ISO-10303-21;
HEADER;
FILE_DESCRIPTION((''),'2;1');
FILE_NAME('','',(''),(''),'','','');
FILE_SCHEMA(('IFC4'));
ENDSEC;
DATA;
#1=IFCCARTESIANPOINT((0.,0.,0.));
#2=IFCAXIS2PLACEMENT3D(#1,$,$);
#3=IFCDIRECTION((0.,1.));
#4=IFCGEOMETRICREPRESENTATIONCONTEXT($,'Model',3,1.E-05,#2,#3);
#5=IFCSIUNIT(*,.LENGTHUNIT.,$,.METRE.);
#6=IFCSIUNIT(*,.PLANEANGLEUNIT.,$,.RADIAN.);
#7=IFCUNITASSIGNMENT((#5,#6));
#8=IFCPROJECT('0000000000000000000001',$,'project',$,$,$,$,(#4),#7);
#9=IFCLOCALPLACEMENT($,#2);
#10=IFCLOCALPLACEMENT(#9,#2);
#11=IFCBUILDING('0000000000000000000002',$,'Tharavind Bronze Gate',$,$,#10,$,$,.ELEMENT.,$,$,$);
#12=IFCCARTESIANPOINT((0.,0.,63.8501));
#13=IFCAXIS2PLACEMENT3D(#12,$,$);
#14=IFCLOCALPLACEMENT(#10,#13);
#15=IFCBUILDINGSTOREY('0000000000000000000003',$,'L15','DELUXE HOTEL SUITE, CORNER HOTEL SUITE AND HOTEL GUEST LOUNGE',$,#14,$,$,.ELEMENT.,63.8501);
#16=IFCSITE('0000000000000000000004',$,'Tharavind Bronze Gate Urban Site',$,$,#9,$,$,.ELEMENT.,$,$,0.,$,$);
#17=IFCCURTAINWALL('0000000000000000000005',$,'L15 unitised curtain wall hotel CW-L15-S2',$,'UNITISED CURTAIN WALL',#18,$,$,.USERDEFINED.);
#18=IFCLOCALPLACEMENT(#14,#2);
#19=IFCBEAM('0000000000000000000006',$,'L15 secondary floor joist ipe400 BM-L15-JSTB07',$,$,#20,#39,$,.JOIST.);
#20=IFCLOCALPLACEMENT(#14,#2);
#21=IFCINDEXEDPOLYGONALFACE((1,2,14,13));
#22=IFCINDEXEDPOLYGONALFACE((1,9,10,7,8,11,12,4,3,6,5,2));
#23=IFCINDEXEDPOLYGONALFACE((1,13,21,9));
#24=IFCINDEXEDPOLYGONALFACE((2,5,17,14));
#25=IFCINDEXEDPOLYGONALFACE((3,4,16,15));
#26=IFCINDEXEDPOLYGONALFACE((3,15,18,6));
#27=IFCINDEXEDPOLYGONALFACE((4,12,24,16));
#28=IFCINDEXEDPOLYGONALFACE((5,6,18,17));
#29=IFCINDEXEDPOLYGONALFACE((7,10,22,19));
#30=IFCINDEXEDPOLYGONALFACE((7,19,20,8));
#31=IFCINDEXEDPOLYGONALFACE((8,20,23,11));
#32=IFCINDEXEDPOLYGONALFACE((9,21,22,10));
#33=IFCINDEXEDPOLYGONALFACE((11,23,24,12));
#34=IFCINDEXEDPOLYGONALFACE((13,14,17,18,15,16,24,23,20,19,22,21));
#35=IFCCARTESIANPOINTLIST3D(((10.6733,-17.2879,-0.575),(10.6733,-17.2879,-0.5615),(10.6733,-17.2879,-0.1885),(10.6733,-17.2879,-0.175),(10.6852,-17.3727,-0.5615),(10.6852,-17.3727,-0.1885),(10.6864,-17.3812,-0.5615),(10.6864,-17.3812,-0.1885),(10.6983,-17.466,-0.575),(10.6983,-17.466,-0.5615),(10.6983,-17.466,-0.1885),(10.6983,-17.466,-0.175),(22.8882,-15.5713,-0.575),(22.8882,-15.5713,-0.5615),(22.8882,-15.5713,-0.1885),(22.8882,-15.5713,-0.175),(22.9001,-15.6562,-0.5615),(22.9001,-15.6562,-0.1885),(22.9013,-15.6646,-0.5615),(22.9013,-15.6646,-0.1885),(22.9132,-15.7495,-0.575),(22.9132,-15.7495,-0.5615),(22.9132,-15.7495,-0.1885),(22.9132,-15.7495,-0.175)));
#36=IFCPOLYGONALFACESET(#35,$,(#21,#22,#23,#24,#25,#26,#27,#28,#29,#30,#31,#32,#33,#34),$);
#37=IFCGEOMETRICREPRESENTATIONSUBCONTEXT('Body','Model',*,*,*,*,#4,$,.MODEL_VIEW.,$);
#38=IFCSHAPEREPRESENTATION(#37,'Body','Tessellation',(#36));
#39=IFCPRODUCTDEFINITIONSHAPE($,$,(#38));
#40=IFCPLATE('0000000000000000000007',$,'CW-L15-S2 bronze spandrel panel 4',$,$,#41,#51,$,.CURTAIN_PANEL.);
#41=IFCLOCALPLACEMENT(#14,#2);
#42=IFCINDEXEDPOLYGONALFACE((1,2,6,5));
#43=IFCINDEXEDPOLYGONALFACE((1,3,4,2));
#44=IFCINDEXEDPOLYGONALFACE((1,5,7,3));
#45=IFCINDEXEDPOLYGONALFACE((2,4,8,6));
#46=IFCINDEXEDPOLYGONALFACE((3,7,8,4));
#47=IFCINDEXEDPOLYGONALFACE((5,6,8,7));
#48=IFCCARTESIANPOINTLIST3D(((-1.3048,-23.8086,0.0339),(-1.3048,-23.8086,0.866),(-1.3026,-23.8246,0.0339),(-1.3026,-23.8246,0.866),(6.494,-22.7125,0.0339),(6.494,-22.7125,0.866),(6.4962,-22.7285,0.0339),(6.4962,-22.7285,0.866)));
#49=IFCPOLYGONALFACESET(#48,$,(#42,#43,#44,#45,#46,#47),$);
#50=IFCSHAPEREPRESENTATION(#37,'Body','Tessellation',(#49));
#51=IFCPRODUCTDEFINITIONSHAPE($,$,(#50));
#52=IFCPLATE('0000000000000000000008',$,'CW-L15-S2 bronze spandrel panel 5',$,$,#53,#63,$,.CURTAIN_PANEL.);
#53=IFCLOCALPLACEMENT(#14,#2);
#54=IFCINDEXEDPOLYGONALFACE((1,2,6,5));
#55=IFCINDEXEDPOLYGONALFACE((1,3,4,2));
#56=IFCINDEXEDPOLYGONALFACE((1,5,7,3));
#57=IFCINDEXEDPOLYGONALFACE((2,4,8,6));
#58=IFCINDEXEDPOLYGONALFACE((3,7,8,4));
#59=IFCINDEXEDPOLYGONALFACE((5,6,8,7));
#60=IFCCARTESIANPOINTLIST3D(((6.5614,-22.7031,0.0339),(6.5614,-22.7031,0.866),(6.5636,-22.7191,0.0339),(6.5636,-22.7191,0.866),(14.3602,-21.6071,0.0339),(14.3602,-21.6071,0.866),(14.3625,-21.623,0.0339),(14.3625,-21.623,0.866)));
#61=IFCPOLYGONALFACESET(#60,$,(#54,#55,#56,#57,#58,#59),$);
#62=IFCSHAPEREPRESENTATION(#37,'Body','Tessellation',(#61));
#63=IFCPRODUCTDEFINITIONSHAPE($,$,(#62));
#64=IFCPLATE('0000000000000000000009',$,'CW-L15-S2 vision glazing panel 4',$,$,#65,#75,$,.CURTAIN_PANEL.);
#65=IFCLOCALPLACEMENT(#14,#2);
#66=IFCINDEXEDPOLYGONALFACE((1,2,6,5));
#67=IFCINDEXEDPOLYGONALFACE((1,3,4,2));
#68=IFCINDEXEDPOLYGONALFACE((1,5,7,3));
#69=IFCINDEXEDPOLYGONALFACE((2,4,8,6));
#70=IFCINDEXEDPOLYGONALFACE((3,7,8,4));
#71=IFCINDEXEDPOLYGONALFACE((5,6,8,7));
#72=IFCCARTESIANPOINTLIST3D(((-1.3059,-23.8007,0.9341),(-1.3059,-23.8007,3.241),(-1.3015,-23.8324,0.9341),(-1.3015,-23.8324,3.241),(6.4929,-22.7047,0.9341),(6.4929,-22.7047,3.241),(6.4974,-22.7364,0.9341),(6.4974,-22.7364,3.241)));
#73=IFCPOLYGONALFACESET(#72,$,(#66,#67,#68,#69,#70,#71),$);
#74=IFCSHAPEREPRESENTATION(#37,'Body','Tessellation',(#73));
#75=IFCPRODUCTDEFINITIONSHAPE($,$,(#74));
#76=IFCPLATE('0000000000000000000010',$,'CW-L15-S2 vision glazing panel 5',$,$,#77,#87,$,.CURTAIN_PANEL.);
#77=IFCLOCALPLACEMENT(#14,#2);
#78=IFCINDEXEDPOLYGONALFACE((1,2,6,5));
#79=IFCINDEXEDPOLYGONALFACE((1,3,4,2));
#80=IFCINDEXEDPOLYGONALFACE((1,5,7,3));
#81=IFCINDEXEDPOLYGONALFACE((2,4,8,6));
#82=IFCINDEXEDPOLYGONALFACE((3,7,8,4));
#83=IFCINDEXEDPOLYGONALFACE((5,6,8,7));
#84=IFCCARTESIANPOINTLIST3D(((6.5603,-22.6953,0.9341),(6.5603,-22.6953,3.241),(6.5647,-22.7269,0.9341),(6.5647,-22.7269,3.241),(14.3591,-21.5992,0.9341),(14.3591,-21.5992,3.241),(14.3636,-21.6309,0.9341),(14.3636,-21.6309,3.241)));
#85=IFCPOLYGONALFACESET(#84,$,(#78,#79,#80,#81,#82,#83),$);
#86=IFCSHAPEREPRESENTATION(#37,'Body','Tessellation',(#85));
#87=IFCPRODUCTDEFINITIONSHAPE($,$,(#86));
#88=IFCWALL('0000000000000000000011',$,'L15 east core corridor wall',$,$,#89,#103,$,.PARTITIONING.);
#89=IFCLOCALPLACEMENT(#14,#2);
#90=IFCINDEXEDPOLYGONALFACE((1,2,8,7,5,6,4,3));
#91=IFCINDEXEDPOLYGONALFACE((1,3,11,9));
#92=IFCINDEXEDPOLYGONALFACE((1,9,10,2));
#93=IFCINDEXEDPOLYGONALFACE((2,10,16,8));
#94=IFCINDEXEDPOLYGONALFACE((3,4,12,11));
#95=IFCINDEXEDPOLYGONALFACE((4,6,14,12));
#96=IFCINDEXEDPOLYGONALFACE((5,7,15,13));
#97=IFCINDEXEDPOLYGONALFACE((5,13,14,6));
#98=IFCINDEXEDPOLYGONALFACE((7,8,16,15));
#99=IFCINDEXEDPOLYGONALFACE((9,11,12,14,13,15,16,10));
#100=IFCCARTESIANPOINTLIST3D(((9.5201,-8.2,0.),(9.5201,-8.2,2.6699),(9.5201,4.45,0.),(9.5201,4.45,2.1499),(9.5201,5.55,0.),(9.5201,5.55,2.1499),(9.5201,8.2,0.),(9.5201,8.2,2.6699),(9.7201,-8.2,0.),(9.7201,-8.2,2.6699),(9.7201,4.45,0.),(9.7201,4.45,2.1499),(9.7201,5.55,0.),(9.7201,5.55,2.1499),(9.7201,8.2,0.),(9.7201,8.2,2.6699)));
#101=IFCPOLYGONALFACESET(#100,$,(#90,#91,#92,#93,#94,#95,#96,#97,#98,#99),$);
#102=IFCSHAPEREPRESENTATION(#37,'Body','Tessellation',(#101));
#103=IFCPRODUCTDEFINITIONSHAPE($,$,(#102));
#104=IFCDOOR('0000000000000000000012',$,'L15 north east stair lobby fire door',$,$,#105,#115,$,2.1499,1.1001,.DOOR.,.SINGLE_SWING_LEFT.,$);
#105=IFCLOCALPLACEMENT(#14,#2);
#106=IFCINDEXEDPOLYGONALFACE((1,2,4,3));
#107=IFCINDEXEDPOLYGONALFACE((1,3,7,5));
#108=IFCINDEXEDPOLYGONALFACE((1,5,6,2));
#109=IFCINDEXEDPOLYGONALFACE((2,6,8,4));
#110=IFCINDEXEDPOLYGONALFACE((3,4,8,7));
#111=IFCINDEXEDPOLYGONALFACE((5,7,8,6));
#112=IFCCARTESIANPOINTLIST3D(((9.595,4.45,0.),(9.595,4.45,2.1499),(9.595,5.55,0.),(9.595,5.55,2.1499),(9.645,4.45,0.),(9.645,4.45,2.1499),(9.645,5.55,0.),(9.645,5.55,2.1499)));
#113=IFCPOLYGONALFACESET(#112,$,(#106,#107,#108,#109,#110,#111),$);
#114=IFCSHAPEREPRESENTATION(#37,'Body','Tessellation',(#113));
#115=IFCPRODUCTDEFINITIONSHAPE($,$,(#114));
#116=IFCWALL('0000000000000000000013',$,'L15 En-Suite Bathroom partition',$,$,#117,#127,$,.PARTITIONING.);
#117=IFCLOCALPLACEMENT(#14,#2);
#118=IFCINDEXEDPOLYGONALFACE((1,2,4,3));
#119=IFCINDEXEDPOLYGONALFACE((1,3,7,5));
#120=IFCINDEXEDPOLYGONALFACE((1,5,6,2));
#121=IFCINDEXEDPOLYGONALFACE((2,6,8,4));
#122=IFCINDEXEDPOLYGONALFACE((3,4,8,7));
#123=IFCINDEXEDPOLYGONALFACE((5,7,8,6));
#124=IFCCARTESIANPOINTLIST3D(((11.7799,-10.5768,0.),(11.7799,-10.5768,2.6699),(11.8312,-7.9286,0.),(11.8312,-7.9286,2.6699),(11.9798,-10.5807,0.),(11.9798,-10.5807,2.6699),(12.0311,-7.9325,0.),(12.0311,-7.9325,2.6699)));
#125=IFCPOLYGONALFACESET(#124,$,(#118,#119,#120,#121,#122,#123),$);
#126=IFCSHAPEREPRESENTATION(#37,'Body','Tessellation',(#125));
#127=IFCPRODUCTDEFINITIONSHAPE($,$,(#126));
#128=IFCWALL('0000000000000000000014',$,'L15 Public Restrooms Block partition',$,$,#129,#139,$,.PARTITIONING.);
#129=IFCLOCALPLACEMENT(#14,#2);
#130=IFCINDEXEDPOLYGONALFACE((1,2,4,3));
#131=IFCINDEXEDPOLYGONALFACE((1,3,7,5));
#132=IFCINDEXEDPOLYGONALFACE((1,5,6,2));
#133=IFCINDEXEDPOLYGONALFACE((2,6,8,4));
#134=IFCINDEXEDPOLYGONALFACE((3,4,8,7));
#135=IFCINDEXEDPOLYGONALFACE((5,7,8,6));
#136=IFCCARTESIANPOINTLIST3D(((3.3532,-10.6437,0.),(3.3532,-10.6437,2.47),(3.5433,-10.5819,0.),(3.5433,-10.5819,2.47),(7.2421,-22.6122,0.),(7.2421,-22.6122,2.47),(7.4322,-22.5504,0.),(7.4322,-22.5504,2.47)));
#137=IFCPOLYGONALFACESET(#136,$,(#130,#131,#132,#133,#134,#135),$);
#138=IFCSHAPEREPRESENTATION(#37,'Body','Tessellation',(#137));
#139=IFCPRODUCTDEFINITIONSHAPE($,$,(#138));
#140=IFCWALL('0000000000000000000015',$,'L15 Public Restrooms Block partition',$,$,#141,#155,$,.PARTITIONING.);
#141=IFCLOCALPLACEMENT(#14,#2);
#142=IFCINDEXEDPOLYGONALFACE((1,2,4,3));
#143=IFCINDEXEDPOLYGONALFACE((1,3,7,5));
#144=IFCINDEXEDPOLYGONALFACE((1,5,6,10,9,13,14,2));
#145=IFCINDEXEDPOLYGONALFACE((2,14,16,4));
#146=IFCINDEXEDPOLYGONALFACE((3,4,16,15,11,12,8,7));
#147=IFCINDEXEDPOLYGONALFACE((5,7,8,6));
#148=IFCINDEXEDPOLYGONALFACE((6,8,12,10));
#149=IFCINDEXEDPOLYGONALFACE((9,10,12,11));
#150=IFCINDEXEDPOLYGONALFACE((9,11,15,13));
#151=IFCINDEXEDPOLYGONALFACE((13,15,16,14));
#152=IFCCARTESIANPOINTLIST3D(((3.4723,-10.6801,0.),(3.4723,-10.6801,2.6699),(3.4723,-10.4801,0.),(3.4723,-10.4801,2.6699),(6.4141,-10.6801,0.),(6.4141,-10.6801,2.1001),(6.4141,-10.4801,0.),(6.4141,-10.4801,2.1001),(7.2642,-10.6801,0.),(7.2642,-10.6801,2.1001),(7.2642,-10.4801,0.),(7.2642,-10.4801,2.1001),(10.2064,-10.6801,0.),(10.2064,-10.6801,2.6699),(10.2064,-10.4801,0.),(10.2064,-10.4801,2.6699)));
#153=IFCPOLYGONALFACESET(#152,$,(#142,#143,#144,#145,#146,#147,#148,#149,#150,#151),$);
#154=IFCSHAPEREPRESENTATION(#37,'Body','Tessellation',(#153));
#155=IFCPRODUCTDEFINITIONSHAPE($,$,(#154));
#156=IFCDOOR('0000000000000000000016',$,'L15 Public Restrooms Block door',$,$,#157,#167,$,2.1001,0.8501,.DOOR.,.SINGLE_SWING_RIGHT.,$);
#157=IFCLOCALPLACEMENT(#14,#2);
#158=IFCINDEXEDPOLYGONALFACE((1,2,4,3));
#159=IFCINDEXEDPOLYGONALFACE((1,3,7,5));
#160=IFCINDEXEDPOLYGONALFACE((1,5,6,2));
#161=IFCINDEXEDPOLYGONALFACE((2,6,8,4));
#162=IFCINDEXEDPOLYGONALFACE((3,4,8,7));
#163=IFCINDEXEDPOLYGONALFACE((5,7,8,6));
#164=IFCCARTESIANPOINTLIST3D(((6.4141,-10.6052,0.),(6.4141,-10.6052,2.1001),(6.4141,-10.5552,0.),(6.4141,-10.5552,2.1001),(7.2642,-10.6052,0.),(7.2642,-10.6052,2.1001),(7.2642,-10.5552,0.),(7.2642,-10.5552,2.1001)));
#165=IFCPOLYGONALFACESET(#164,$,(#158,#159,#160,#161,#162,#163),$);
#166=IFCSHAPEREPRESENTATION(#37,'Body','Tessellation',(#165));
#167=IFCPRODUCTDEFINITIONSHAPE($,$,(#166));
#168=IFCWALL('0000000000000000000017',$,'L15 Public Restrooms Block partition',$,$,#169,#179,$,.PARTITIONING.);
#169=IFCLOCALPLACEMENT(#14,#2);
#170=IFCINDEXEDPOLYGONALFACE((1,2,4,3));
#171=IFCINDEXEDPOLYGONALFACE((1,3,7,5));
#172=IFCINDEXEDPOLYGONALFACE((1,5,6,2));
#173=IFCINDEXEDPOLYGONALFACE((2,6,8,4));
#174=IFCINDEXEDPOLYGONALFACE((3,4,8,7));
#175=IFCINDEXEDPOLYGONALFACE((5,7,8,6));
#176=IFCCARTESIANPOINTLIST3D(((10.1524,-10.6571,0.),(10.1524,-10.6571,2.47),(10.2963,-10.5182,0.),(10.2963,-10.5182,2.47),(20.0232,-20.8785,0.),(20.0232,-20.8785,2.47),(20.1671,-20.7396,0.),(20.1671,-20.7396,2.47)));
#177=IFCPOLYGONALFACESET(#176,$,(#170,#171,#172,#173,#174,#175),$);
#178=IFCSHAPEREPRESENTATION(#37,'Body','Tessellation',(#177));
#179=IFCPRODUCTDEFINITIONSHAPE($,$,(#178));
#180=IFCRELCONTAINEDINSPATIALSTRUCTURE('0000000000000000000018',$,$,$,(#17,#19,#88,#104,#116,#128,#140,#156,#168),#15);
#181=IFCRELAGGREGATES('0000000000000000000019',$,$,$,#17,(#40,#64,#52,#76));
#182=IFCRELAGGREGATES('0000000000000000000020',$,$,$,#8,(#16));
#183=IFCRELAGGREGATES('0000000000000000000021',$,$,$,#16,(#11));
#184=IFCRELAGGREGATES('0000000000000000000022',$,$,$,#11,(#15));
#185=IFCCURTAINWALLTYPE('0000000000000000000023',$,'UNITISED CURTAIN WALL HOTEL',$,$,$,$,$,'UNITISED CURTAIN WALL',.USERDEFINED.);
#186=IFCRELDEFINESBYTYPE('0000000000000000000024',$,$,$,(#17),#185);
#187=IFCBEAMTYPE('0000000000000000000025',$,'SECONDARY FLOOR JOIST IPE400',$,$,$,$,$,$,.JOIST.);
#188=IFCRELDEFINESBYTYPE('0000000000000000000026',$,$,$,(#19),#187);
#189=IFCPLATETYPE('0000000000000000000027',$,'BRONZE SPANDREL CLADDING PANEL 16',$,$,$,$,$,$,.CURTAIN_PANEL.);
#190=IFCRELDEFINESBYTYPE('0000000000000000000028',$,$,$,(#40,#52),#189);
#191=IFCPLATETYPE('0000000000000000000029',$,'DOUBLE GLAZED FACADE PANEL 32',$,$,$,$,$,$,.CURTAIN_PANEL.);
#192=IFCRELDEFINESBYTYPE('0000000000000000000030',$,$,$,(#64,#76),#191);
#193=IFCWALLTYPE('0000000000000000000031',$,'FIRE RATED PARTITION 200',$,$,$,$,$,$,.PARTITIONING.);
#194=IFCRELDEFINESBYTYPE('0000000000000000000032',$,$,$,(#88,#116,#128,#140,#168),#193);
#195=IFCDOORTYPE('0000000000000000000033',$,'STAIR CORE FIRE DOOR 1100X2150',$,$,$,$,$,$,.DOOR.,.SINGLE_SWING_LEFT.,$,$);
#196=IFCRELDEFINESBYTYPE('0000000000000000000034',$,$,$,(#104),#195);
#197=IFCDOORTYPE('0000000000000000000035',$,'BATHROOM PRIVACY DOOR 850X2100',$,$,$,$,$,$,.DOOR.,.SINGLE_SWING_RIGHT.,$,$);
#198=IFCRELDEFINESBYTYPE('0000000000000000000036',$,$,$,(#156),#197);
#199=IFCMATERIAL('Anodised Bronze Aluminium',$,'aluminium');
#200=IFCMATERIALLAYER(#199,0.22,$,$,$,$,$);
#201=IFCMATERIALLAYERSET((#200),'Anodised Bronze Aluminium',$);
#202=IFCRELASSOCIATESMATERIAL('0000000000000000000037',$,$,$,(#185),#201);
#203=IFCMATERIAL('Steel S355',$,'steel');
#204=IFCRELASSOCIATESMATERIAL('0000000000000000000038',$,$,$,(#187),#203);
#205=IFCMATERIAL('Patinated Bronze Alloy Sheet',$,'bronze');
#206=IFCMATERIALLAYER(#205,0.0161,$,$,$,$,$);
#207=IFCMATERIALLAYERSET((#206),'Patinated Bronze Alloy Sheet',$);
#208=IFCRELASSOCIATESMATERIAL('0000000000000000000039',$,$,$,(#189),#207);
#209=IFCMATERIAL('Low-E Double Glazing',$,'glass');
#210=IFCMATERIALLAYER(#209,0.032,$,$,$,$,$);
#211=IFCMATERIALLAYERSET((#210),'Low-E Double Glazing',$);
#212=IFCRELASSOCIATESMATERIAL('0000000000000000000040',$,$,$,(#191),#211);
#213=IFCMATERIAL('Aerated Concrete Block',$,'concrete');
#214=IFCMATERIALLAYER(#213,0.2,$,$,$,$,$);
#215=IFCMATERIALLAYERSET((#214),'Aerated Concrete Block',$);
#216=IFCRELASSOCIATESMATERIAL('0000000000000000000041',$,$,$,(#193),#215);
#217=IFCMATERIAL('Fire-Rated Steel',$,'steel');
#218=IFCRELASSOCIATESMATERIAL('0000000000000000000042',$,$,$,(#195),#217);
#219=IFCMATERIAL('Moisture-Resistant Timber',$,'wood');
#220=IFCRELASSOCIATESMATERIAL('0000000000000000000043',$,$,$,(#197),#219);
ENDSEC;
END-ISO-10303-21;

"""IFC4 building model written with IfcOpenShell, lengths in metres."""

from ifc_helpers import new_model, si_unit, direction, frame, frame_2d, origin, origin_2d, place, context, subcontext, project, spatial, rectangle, i_section, extrude, material, layer, layer_set, material_profile, profile_set, type_object, element, fill, aggregate, save


model = new_model("IFC4")

# Units and contexts
model_context = context("Model", 3, precision=1e-05, world=origin(), true_north=direction((0.0, 1.0)))
body_context = subcontext(model_context, "Body", "Model", "MODEL_VIEW")
ifc_project = project(units=[si_unit("LENGTHUNIT", "METRE"), si_unit("PLANEANGLEUNIT", "RADIAN")], contexts=[model_context])

# Site, building, storey
site_placement = place(None, origin())
site = spatial("IfcSite", under=ifc_project, at=site_placement, Name="Tharavind Bronze Gate Urban Site", CompositionType="ELEMENT", RefElevation=0.0)
building_placement = place(site_placement, origin())
building = spatial("IfcBuilding", under=site, at=building_placement, Name="Tharavind Bronze Gate", CompositionType="ELEMENT")
storey_placement = place(building_placement, frame((0.0, 0.0, 63.8501)))
storey = spatial("IfcBuildingStorey", under=building, at=storey_placement, Name="L15", Description="DELUXE HOTEL SUITE, CORNER HOTEL SUITE AND HOTEL GUEST LOUNGE", CompositionType="ELEMENT", Elevation=63.8501)

# Curtain wall
ifc_material_1 = material(Name="Anodised Bronze Aluminium", Category="aluminium")
ifc_layer_1 = layer(ifc_material_1, 0.22)
ifc_layer_set_1 = layer_set([ifc_layer_1], Name="Anodised Bronze Aluminium")
curtain_wall_type = type_object("IfcCurtainWallType", Name="UNITISED CURTAIN WALL HOTEL", ElementType="UNITISED CURTAIN WALL", PredefinedType="USERDEFINED", material=ifc_layer_set_1)
curtain_wall_placement = place(storey_placement, origin())
curtain_wall = element("IfcCurtainWall", 1, at=curtain_wall_placement, inside=storey, type_object=curtain_wall_type, Name="L15 unitised curtain wall hotel CW-L15-S2", ObjectType="UNITISED CURTAIN WALL", PredefinedType="USERDEFINED")

# Beam
ifc_material_2 = material(Name="Steel S355", Category="steel")
ifc_material_profile_1 = material_profile(ifc_material_2, i_section(OverallWidth=0.1799, OverallDepth=0.3999, WebThickness=0.0085, FlangeThickness=0.0134, at=origin_2d()), Name="IPE400")
ifc_profile_set_1 = profile_set([ifc_material_profile_1], Name="Steel S355")
beam_type_1 = type_object("IfcBeamType", Name="SECONDARY FLOOR JOIST IPE400", PredefinedType="JOIST", material=ifc_profile_set_1)
beam_1_placement = place(storey_placement, frame((10.6858, -17.377, -0.375), z_axis=(0.99027, 0.139163, 0.0), x_axis=(-0.139163, 0.99027, 0.0)))
element("IfcBeam", 2, at=beam_1_placement, inside=storey, type_object=beam_type_1, Name="L15 secondary floor joist ipe400 BM-L15-JSTB07", PredefinedType="JOIST", context=body_context, shape_type="SweptSolid", body=[
    extrude(i_section(OverallWidth=0.1799, OverallDepth=0.3999, WebThickness=0.0085, FlangeThickness=0.0134, at=origin_2d()), origin(), (0.0, 0.0, 1.0), 12.335),
])

# Plates
ifc_material_3 = material(Name="Patinated Bronze Alloy Sheet", Category="bronze")
ifc_layer_2 = layer(ifc_material_3, 0.0161)
ifc_layer_set_2 = layer_set([ifc_layer_2], Name="Patinated Bronze Alloy Sheet")
plate_type_1 = type_object("IfcPlateType", Name="BRONZE SPANDREL CLADDING PANEL 16", PredefinedType="CURTAIN_PANEL", material=ifc_layer_set_2)
plate_1_placement = place(storey_placement, frame((2.5957, -23.2686, 0.0339), z_axis=(0.0, 0.0, 1.0), x_axis=(0.990268, 0.139173, 0.0)))
plate_1 = element("IfcPlate", 3, at=plate_1_placement, type_object=plate_type_1, Name="CW-L15-S2 bronze spandrel panel 4", PredefinedType="CURTAIN_PANEL", context=body_context, shape_type="SweptSolid", body=[
    extrude(rectangle(XDim=7.8755, YDim=0.0161, at=origin_2d()), origin(), (0.0, 0.0, 1.0), 0.832),
])
plate_2_placement = place(storey_placement, frame((10.4619, -22.1631, 0.0339), z_axis=(0.0, 0.0, 1.0), x_axis=(0.990268, 0.139173, 0.0)))
plate_2 = element("IfcPlate", 4, at=plate_2_placement, type_object=plate_type_1, Name="CW-L15-S2 bronze spandrel panel 5", PredefinedType="CURTAIN_PANEL", context=body_context, shape_type="SweptSolid", body=[
    extrude(rectangle(XDim=7.8755, YDim=0.0161, at=origin_2d()), origin(), (0.0, 0.0, 1.0), 0.832),
])
ifc_material_4 = material(Name="Low-E Double Glazing", Category="glass")
ifc_layer_3 = layer(ifc_material_4, 0.032)
ifc_layer_set_3 = layer_set([ifc_layer_3], Name="Low-E Double Glazing")
plate_type_2 = type_object("IfcPlateType", Name="DOUBLE GLAZED FACADE PANEL 32", PredefinedType="CURTAIN_PANEL", material=ifc_layer_set_3)
plate_3_placement = place(storey_placement, frame((2.5957, -23.2686, 0.9341), z_axis=(0.0, 0.0, 1.0), x_axis=(0.990268, 0.139173, 0.0)))
plate_3 = element("IfcPlate", 5, at=plate_3_placement, type_object=plate_type_2, Name="CW-L15-S2 vision glazing panel 4", PredefinedType="CURTAIN_PANEL", context=body_context, shape_type="SweptSolid", body=[
    extrude(rectangle(XDim=7.8755, YDim=0.032, at=origin_2d()), origin(), (0.0, 0.0, 1.0), 2.3069),
])
plate_4_placement = place(storey_placement, frame((10.4619, -22.1631, 0.9341), z_axis=(0.0, 0.0, 1.0), x_axis=(0.990268, 0.139173, 0.0)))
plate_4 = element("IfcPlate", 6, at=plate_4_placement, type_object=plate_type_2, Name="CW-L15-S2 vision glazing panel 5", PredefinedType="CURTAIN_PANEL", context=body_context, shape_type="SweptSolid", body=[
    extrude(rectangle(XDim=7.8755, YDim=0.032, at=origin_2d()), origin(), (0.0, 0.0, 1.0), 2.3069),
])
aggregate(curtain_wall, [plate_1, plate_3, plate_2, plate_4])

# Wall, opening, door
ifc_material_5 = material(Name="Aerated Concrete Block", Category="concrete")
ifc_layer_4 = layer(ifc_material_5, 0.2)
ifc_layer_set_4 = layer_set([ifc_layer_4], Name="Aerated Concrete Block")
wall_type_1 = type_object("IfcWallType", Name="FIRE RATED PARTITION 200", PredefinedType="PARTITIONING", material=ifc_layer_set_4)
wall_1_placement = place(storey_placement, frame((9.6201, -8.2, 0.0), z_axis=(0.0, 0.0, 1.0), x_axis=(0.0, 1.0, 0.0)))
wall_1 = element("IfcWall", 7, at=wall_1_placement, inside=storey, type_object=wall_type_1, Name="L15 east core corridor wall", PredefinedType="PARTITIONING", context=body_context, shape_type="SweptSolid", body=[
    extrude(rectangle(XDim=16.3999, YDim=0.2, at=frame_2d((8.2, 0.0))), origin(), (0.0, 0.0, 1.0), 2.6699),
])
opening_1_placement = place(wall_1_placement, frame((12.6499, 0.0, 0.0)))
opening_1 = element("IfcOpeningElement", 8, at=opening_1_placement, cuts=wall_1, PredefinedType="OPENING", context=body_context, shape_type="SweptSolid", body=[
    extrude(rectangle(XDim=1.1001, YDim=2.1499, at=frame_2d((0.55, 1.075))), frame((0.0, 0.1101, 0.0), z_axis=(0.0, -1.0, 0.0), x_axis=(1.0, 0.0, 0.0)), (0.0, 0.0, 1.0), 0.22),
])
ifc_material_6 = material(Name="Fire-Rated Steel", Category="steel")
door_type_1 = type_object("IfcDoorType", Name="STAIR CORE FIRE DOOR 1100X2150", OperationType="SINGLE_SWING_LEFT", PredefinedType="DOOR", material=ifc_material_6)
door_1_placement = place(opening_1_placement, frame((1.1001, 0.0, 0.0), z_axis=(0.0, 0.0, 1.0), x_axis=(-1.0, 0.0, 0.0)))
door_1 = element("IfcDoor", 9, at=door_1_placement, inside=storey, type_object=door_type_1, Name="L15 north east stair lobby fire door", OperationType="SINGLE_SWING_LEFT", OverallHeight=2.1499, OverallWidth=1.1001, PredefinedType="DOOR", context=body_context, shape_type="SweptSolid", body=[
    extrude(rectangle(XDim=1.1001, YDim=2.1499, at=frame_2d((0.55, 1.075))), frame((0.0, 0.0249, 0.0), z_axis=(0.0, -1.0, 0.0), x_axis=(1.0, 0.0, 0.0)), (0.0, 0.0, 1.0), 0.05),
])
fill(opening_1, door_1)

# Walls
wall_2_placement = place(storey_placement, frame((11.8799, -10.5786, 0.0), z_axis=(0.0, 0.0, 1.0), x_axis=(0.019357, 0.999813, 0.0)))
element("IfcWall", 10, at=wall_2_placement, inside=storey, type_object=wall_type_1, Name="L15 En-Suite Bathroom partition", PredefinedType="PARTITIONING", context=body_context, shape_type="SweptSolid", body=[
    extrude(rectangle(XDim=2.6487, YDim=0.2, at=frame_2d((1.3242, 0.0))), origin(), (0.0, 0.0, 1.0), 2.6699),
])
wall_3_placement = place(storey_placement, frame((7.3372, -22.5813, 0.0), z_axis=(0.0, 0.0, 1.0), x_axis=(-0.309025, 0.951054, 0.0)))
element("IfcWall", 11, at=wall_3_placement, inside=storey, type_object=wall_type_1, Name="L15 Public Restrooms Block partition", PredefinedType="PARTITIONING", context=body_context, shape_type="SweptSolid", body=[
    extrude(rectangle(XDim=12.5845, YDim=0.2, at=frame_2d((6.2922, 0.0))), origin(), (0.0, 0.0, 1.0), 2.47),
])

# Wall, opening, door
wall_4_placement = place(storey_placement, frame((3.4722, -10.5801, 0.0), z_axis=(0.0, 0.0, 1.0), x_axis=(1.0, 0.0, 0.0)))
wall_4 = element("IfcWall", 12, at=wall_4_placement, inside=storey, type_object=wall_type_1, Name="L15 Public Restrooms Block partition", PredefinedType="PARTITIONING", context=body_context, shape_type="SweptSolid", body=[
    extrude(rectangle(XDim=6.7341, YDim=0.2, at=frame_2d((3.3672, 0.0))), origin(), (0.0, 0.0, 1.0), 2.6699),
])
opening_2_placement = place(wall_4_placement, frame((2.9419, 0.0, 0.0)))
opening_2 = element("IfcOpeningElement", 13, at=opening_2_placement, cuts=wall_4, PredefinedType="OPENING", context=body_context, shape_type="SweptSolid", body=[
    extrude(rectangle(XDim=0.8501, YDim=2.1001, at=frame_2d((0.425, 1.05))), frame((0.0, 0.1101, 0.0), z_axis=(0.0, -1.0, 0.0), x_axis=(1.0, 0.0, 0.0)), (0.0, 0.0, 1.0), 0.22),
])
ifc_material_7 = material(Name="Moisture-Resistant Timber", Category="wood")
door_type_2 = type_object("IfcDoorType", Name="BATHROOM PRIVACY DOOR 850X2100", OperationType="SINGLE_SWING_RIGHT", PredefinedType="DOOR", material=ifc_material_7)
door_2_placement = place(opening_2_placement, origin())
door_2 = element("IfcDoor", 14, at=door_2_placement, inside=storey, type_object=door_type_2, Name="L15 Public Restrooms Block door", OperationType="SINGLE_SWING_RIGHT", OverallHeight=2.1001, OverallWidth=0.8501, PredefinedType="DOOR", context=body_context, shape_type="SweptSolid", body=[
    extrude(rectangle(XDim=0.8501, YDim=2.1001, at=frame_2d((0.425, 1.05))), frame((0.0, 0.0249, 0.0), z_axis=(0.0, -1.0, 0.0), x_axis=(1.0, 0.0, 0.0)), (0.0, 0.0, 1.0), 0.05),
])
fill(opening_2, door_2)

# Wall
wall_5_placement = place(storey_placement, frame((10.2244, -10.5876, 0.0), z_axis=(0.0, 0.0, 1.0), x_axis=(0.694663, -0.719335, 0.0)))
element("IfcWall", 15, at=wall_5_placement, inside=storey, type_object=wall_type_1, Name="L15 Public Restrooms Block partition", PredefinedType="PARTITIONING", context=body_context, shape_type="SweptSolid", body=[
    extrude(rectangle(XDim=14.2095, YDim=0.2, at=frame_2d((7.1047, 0.0))), origin(), (0.0, 0.0, 1.0), 2.47),
])

save(model, "model.ifc")
